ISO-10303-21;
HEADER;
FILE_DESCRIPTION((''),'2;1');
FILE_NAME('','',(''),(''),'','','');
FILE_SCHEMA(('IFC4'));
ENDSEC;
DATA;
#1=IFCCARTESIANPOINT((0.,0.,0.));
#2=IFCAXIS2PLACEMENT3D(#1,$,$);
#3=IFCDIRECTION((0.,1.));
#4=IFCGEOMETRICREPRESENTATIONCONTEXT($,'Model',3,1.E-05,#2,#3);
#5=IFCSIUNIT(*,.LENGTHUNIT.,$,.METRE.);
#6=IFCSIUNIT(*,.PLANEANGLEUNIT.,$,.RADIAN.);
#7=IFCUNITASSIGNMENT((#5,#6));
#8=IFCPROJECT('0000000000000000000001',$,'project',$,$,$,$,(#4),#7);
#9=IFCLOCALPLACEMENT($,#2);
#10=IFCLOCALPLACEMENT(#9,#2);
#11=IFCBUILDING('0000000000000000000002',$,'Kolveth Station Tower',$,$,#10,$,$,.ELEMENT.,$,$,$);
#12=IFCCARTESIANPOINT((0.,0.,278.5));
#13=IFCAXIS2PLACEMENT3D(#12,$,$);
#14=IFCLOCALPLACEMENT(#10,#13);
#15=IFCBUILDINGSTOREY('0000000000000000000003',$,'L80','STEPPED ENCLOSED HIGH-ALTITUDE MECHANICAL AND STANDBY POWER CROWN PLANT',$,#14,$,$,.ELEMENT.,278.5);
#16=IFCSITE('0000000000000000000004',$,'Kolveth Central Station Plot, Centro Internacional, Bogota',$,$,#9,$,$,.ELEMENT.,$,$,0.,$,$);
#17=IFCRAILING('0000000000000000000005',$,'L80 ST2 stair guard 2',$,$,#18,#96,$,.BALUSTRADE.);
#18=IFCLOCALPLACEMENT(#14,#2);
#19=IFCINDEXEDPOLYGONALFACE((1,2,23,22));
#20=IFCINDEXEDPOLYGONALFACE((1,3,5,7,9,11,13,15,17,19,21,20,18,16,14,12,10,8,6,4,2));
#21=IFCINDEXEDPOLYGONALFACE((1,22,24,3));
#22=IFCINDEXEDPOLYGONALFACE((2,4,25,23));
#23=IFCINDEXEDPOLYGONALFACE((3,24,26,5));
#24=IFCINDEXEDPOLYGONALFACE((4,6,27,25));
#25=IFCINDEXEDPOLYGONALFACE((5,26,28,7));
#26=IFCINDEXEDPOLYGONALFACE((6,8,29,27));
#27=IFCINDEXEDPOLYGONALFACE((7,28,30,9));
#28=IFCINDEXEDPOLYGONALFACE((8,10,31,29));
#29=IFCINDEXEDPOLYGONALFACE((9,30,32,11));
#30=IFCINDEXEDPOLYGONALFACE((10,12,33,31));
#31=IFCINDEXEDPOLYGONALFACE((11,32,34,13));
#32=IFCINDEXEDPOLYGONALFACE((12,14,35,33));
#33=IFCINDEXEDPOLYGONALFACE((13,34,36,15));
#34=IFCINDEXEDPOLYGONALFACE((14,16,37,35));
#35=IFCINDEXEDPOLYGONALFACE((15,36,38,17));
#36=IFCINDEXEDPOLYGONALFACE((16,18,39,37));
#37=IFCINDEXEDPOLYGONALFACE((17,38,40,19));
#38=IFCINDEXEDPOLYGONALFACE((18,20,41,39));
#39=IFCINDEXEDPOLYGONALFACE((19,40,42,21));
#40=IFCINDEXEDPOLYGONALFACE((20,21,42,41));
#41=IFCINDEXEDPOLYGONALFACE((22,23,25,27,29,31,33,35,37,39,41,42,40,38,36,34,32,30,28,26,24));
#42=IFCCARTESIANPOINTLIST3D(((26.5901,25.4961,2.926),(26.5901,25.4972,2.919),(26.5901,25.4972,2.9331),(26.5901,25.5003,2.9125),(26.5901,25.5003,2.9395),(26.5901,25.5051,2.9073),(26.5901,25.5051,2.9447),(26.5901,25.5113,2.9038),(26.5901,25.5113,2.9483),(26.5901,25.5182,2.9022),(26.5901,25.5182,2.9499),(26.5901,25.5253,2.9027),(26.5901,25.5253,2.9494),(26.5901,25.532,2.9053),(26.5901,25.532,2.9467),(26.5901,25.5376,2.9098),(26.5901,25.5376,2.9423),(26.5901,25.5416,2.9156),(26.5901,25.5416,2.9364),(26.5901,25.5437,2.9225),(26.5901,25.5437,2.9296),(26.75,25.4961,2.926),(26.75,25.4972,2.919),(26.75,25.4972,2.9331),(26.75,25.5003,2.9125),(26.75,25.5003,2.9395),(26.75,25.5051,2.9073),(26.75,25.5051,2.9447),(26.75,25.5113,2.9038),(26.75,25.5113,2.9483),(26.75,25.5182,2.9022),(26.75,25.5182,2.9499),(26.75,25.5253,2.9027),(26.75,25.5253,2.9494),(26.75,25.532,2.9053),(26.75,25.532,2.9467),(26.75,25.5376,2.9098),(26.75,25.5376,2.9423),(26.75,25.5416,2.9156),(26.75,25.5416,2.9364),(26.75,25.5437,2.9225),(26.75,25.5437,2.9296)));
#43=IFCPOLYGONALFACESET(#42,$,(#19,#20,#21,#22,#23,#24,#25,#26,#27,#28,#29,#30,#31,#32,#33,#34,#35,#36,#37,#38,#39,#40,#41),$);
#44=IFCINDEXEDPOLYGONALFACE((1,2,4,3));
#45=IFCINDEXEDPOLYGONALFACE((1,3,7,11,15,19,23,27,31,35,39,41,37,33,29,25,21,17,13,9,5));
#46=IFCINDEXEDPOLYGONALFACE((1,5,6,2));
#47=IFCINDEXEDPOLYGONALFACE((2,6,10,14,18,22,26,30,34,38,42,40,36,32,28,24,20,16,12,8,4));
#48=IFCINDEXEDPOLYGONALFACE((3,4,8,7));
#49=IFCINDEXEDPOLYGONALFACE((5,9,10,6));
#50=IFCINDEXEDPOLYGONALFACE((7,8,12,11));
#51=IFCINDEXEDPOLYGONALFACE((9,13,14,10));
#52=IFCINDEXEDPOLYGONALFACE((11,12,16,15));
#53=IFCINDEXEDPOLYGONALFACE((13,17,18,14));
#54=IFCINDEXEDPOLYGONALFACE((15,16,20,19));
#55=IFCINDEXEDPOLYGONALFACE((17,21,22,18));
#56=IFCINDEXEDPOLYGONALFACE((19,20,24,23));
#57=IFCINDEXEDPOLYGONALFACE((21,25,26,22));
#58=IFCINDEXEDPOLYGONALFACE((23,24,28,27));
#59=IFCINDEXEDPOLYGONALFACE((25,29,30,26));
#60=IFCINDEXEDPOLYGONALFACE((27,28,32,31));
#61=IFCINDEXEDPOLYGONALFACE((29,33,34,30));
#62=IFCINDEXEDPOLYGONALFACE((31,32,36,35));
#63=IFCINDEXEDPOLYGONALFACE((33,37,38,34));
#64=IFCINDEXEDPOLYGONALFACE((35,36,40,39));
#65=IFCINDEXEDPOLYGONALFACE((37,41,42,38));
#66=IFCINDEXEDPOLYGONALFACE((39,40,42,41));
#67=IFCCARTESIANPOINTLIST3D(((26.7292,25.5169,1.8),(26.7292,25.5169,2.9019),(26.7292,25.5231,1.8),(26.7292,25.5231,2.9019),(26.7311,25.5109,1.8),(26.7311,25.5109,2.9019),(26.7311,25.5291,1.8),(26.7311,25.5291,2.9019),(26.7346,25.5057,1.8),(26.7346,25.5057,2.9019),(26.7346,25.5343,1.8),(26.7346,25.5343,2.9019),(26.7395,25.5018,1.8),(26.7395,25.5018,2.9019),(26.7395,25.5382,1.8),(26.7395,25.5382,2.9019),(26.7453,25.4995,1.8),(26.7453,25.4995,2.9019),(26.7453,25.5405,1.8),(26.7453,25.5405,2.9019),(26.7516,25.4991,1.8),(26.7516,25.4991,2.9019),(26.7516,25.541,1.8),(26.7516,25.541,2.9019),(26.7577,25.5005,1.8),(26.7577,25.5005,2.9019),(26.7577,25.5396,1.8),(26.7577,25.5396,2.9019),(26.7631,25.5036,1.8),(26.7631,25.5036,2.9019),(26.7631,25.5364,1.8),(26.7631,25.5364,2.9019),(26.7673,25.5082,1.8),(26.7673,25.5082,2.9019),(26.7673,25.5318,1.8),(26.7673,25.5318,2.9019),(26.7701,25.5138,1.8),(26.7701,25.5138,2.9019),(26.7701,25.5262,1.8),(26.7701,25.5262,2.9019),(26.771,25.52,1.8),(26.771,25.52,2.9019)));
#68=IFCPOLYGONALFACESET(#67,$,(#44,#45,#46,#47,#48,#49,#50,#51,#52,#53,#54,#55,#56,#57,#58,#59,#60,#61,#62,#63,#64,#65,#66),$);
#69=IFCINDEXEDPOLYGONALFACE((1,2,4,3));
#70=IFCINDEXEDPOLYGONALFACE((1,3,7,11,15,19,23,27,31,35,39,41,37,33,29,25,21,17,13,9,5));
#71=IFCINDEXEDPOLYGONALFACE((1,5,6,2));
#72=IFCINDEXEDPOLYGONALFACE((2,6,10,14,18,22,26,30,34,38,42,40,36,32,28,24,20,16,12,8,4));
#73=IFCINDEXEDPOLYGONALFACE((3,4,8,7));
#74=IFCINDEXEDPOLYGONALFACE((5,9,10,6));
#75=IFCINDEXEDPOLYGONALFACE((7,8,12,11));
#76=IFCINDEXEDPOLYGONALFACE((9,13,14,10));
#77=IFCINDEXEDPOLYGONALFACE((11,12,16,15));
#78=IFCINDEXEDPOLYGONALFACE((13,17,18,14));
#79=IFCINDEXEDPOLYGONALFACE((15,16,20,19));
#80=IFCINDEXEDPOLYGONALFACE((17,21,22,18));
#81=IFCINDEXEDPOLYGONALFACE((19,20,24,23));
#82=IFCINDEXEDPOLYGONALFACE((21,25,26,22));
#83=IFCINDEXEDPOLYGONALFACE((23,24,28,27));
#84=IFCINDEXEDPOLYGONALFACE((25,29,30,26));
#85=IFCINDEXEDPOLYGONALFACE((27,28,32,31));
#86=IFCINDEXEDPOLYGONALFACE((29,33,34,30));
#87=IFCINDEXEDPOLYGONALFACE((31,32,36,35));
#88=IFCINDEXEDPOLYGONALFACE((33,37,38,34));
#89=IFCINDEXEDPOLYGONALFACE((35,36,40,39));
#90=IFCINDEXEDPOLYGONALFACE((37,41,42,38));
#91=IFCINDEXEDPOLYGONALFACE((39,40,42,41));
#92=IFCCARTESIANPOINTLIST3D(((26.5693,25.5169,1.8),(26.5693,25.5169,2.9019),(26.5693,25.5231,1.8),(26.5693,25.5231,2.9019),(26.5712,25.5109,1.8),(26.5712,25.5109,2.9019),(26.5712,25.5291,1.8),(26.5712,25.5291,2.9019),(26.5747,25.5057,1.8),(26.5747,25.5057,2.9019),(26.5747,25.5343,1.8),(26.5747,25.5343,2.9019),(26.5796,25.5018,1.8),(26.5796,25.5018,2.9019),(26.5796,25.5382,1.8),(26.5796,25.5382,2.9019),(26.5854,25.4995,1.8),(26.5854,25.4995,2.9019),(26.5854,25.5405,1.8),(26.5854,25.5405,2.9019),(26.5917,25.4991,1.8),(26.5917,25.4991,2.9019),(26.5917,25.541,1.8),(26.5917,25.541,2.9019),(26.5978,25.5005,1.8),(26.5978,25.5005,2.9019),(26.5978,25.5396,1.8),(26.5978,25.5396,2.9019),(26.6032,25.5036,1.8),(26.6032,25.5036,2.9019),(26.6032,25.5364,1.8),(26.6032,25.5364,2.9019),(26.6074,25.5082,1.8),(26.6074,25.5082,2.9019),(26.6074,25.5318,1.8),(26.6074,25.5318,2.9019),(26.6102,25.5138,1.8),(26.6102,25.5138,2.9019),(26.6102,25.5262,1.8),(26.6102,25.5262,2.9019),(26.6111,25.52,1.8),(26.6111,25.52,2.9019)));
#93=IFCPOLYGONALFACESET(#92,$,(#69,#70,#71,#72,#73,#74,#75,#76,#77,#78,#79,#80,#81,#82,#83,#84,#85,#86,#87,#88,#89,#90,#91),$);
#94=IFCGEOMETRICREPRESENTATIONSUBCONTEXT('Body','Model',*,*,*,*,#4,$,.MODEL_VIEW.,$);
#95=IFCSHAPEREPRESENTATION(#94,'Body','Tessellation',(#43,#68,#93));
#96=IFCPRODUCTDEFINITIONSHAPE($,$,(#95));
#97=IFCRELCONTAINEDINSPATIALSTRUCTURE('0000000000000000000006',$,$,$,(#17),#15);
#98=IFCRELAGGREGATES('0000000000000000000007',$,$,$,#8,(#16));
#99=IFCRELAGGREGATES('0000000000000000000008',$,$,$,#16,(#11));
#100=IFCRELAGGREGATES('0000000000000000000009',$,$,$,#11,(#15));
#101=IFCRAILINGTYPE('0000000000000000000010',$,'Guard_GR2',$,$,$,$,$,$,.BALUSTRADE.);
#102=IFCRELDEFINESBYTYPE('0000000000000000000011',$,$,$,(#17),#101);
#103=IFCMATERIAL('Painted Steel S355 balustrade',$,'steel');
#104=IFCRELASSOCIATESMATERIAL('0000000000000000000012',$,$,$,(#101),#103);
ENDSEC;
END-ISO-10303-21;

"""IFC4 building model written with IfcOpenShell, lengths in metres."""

from ifc_helpers import new_model, si_unit, direction, frame, origin, origin_2d, place, context, subcontext, project, spatial, circle, extrude, material, type_object, element, save


model = new_model("IFC4")

# Units and contexts
model_context = context("Model", 3, precision=1e-05, world=origin(), true_north=direction((0.0, 1.0)))
body_context = subcontext(model_context, "Body", "Model", "MODEL_VIEW")
ifc_project = project(units=[si_unit("LENGTHUNIT", "METRE"), si_unit("PLANEANGLEUNIT", "RADIAN")], contexts=[model_context])

# Site, building, storey
site_placement = place(None, origin())
site = spatial("IfcSite", under=ifc_project, at=site_placement, Name="Kolveth Central Station Plot, Centro Internacional, Bogota", CompositionType="ELEMENT", RefElevation=0.0)
building_placement = place(site_placement, origin())
building = spatial("IfcBuilding", under=site, at=building_placement, Name="Kolveth Station Tower", CompositionType="ELEMENT")
storey_placement = place(building_placement, frame((0.0, 0.0, 278.5)))
storey = spatial("IfcBuildingStorey", under=building, at=storey_placement, Name="L80", Description="STEPPED ENCLOSED HIGH-ALTITUDE MECHANICAL AND STANDBY POWER CROWN PLANT", CompositionType="ELEMENT", Elevation=278.5)

# Railing
ifc_material_1 = material(Name="Painted Steel S355 balustrade", Category="steel")
railing_type_1 = type_object("IfcRailingType", Name="Guard_GR2", PredefinedType="BALUSTRADE", material=ifc_material_1)
railing_1_placement = place(storey_placement, frame((26.75, 25.52, 1.8)))
element("IfcRailing", 1, at=railing_1_placement, inside=storey, type_object=railing_type_1, Name="L80 ST2 stair guard 2", PredefinedType="BALUSTRADE", context=body_context, shape_type="SweptSolid", body=[
    extrude(circle(Radius=0.0239, at=origin_2d()), frame((0.0, 0.0, 1.126), z_axis=(-1.0, 0.0, 0.0), x_axis=(0.0, -1.0, 0.0)), (0.0, 0.0, 1.0), 0.1599),
    extrude(circle(Radius=0.021, at=origin_2d()), origin(), (0.0, 0.0, 1.0), 1.1018),
    extrude(circle(Radius=0.021, at=origin_2d()), frame((-0.1599, 0.0, 0.0)), (0.0, 0.0, 1.0), 1.1018),
])

save(model, "model.ifc")
